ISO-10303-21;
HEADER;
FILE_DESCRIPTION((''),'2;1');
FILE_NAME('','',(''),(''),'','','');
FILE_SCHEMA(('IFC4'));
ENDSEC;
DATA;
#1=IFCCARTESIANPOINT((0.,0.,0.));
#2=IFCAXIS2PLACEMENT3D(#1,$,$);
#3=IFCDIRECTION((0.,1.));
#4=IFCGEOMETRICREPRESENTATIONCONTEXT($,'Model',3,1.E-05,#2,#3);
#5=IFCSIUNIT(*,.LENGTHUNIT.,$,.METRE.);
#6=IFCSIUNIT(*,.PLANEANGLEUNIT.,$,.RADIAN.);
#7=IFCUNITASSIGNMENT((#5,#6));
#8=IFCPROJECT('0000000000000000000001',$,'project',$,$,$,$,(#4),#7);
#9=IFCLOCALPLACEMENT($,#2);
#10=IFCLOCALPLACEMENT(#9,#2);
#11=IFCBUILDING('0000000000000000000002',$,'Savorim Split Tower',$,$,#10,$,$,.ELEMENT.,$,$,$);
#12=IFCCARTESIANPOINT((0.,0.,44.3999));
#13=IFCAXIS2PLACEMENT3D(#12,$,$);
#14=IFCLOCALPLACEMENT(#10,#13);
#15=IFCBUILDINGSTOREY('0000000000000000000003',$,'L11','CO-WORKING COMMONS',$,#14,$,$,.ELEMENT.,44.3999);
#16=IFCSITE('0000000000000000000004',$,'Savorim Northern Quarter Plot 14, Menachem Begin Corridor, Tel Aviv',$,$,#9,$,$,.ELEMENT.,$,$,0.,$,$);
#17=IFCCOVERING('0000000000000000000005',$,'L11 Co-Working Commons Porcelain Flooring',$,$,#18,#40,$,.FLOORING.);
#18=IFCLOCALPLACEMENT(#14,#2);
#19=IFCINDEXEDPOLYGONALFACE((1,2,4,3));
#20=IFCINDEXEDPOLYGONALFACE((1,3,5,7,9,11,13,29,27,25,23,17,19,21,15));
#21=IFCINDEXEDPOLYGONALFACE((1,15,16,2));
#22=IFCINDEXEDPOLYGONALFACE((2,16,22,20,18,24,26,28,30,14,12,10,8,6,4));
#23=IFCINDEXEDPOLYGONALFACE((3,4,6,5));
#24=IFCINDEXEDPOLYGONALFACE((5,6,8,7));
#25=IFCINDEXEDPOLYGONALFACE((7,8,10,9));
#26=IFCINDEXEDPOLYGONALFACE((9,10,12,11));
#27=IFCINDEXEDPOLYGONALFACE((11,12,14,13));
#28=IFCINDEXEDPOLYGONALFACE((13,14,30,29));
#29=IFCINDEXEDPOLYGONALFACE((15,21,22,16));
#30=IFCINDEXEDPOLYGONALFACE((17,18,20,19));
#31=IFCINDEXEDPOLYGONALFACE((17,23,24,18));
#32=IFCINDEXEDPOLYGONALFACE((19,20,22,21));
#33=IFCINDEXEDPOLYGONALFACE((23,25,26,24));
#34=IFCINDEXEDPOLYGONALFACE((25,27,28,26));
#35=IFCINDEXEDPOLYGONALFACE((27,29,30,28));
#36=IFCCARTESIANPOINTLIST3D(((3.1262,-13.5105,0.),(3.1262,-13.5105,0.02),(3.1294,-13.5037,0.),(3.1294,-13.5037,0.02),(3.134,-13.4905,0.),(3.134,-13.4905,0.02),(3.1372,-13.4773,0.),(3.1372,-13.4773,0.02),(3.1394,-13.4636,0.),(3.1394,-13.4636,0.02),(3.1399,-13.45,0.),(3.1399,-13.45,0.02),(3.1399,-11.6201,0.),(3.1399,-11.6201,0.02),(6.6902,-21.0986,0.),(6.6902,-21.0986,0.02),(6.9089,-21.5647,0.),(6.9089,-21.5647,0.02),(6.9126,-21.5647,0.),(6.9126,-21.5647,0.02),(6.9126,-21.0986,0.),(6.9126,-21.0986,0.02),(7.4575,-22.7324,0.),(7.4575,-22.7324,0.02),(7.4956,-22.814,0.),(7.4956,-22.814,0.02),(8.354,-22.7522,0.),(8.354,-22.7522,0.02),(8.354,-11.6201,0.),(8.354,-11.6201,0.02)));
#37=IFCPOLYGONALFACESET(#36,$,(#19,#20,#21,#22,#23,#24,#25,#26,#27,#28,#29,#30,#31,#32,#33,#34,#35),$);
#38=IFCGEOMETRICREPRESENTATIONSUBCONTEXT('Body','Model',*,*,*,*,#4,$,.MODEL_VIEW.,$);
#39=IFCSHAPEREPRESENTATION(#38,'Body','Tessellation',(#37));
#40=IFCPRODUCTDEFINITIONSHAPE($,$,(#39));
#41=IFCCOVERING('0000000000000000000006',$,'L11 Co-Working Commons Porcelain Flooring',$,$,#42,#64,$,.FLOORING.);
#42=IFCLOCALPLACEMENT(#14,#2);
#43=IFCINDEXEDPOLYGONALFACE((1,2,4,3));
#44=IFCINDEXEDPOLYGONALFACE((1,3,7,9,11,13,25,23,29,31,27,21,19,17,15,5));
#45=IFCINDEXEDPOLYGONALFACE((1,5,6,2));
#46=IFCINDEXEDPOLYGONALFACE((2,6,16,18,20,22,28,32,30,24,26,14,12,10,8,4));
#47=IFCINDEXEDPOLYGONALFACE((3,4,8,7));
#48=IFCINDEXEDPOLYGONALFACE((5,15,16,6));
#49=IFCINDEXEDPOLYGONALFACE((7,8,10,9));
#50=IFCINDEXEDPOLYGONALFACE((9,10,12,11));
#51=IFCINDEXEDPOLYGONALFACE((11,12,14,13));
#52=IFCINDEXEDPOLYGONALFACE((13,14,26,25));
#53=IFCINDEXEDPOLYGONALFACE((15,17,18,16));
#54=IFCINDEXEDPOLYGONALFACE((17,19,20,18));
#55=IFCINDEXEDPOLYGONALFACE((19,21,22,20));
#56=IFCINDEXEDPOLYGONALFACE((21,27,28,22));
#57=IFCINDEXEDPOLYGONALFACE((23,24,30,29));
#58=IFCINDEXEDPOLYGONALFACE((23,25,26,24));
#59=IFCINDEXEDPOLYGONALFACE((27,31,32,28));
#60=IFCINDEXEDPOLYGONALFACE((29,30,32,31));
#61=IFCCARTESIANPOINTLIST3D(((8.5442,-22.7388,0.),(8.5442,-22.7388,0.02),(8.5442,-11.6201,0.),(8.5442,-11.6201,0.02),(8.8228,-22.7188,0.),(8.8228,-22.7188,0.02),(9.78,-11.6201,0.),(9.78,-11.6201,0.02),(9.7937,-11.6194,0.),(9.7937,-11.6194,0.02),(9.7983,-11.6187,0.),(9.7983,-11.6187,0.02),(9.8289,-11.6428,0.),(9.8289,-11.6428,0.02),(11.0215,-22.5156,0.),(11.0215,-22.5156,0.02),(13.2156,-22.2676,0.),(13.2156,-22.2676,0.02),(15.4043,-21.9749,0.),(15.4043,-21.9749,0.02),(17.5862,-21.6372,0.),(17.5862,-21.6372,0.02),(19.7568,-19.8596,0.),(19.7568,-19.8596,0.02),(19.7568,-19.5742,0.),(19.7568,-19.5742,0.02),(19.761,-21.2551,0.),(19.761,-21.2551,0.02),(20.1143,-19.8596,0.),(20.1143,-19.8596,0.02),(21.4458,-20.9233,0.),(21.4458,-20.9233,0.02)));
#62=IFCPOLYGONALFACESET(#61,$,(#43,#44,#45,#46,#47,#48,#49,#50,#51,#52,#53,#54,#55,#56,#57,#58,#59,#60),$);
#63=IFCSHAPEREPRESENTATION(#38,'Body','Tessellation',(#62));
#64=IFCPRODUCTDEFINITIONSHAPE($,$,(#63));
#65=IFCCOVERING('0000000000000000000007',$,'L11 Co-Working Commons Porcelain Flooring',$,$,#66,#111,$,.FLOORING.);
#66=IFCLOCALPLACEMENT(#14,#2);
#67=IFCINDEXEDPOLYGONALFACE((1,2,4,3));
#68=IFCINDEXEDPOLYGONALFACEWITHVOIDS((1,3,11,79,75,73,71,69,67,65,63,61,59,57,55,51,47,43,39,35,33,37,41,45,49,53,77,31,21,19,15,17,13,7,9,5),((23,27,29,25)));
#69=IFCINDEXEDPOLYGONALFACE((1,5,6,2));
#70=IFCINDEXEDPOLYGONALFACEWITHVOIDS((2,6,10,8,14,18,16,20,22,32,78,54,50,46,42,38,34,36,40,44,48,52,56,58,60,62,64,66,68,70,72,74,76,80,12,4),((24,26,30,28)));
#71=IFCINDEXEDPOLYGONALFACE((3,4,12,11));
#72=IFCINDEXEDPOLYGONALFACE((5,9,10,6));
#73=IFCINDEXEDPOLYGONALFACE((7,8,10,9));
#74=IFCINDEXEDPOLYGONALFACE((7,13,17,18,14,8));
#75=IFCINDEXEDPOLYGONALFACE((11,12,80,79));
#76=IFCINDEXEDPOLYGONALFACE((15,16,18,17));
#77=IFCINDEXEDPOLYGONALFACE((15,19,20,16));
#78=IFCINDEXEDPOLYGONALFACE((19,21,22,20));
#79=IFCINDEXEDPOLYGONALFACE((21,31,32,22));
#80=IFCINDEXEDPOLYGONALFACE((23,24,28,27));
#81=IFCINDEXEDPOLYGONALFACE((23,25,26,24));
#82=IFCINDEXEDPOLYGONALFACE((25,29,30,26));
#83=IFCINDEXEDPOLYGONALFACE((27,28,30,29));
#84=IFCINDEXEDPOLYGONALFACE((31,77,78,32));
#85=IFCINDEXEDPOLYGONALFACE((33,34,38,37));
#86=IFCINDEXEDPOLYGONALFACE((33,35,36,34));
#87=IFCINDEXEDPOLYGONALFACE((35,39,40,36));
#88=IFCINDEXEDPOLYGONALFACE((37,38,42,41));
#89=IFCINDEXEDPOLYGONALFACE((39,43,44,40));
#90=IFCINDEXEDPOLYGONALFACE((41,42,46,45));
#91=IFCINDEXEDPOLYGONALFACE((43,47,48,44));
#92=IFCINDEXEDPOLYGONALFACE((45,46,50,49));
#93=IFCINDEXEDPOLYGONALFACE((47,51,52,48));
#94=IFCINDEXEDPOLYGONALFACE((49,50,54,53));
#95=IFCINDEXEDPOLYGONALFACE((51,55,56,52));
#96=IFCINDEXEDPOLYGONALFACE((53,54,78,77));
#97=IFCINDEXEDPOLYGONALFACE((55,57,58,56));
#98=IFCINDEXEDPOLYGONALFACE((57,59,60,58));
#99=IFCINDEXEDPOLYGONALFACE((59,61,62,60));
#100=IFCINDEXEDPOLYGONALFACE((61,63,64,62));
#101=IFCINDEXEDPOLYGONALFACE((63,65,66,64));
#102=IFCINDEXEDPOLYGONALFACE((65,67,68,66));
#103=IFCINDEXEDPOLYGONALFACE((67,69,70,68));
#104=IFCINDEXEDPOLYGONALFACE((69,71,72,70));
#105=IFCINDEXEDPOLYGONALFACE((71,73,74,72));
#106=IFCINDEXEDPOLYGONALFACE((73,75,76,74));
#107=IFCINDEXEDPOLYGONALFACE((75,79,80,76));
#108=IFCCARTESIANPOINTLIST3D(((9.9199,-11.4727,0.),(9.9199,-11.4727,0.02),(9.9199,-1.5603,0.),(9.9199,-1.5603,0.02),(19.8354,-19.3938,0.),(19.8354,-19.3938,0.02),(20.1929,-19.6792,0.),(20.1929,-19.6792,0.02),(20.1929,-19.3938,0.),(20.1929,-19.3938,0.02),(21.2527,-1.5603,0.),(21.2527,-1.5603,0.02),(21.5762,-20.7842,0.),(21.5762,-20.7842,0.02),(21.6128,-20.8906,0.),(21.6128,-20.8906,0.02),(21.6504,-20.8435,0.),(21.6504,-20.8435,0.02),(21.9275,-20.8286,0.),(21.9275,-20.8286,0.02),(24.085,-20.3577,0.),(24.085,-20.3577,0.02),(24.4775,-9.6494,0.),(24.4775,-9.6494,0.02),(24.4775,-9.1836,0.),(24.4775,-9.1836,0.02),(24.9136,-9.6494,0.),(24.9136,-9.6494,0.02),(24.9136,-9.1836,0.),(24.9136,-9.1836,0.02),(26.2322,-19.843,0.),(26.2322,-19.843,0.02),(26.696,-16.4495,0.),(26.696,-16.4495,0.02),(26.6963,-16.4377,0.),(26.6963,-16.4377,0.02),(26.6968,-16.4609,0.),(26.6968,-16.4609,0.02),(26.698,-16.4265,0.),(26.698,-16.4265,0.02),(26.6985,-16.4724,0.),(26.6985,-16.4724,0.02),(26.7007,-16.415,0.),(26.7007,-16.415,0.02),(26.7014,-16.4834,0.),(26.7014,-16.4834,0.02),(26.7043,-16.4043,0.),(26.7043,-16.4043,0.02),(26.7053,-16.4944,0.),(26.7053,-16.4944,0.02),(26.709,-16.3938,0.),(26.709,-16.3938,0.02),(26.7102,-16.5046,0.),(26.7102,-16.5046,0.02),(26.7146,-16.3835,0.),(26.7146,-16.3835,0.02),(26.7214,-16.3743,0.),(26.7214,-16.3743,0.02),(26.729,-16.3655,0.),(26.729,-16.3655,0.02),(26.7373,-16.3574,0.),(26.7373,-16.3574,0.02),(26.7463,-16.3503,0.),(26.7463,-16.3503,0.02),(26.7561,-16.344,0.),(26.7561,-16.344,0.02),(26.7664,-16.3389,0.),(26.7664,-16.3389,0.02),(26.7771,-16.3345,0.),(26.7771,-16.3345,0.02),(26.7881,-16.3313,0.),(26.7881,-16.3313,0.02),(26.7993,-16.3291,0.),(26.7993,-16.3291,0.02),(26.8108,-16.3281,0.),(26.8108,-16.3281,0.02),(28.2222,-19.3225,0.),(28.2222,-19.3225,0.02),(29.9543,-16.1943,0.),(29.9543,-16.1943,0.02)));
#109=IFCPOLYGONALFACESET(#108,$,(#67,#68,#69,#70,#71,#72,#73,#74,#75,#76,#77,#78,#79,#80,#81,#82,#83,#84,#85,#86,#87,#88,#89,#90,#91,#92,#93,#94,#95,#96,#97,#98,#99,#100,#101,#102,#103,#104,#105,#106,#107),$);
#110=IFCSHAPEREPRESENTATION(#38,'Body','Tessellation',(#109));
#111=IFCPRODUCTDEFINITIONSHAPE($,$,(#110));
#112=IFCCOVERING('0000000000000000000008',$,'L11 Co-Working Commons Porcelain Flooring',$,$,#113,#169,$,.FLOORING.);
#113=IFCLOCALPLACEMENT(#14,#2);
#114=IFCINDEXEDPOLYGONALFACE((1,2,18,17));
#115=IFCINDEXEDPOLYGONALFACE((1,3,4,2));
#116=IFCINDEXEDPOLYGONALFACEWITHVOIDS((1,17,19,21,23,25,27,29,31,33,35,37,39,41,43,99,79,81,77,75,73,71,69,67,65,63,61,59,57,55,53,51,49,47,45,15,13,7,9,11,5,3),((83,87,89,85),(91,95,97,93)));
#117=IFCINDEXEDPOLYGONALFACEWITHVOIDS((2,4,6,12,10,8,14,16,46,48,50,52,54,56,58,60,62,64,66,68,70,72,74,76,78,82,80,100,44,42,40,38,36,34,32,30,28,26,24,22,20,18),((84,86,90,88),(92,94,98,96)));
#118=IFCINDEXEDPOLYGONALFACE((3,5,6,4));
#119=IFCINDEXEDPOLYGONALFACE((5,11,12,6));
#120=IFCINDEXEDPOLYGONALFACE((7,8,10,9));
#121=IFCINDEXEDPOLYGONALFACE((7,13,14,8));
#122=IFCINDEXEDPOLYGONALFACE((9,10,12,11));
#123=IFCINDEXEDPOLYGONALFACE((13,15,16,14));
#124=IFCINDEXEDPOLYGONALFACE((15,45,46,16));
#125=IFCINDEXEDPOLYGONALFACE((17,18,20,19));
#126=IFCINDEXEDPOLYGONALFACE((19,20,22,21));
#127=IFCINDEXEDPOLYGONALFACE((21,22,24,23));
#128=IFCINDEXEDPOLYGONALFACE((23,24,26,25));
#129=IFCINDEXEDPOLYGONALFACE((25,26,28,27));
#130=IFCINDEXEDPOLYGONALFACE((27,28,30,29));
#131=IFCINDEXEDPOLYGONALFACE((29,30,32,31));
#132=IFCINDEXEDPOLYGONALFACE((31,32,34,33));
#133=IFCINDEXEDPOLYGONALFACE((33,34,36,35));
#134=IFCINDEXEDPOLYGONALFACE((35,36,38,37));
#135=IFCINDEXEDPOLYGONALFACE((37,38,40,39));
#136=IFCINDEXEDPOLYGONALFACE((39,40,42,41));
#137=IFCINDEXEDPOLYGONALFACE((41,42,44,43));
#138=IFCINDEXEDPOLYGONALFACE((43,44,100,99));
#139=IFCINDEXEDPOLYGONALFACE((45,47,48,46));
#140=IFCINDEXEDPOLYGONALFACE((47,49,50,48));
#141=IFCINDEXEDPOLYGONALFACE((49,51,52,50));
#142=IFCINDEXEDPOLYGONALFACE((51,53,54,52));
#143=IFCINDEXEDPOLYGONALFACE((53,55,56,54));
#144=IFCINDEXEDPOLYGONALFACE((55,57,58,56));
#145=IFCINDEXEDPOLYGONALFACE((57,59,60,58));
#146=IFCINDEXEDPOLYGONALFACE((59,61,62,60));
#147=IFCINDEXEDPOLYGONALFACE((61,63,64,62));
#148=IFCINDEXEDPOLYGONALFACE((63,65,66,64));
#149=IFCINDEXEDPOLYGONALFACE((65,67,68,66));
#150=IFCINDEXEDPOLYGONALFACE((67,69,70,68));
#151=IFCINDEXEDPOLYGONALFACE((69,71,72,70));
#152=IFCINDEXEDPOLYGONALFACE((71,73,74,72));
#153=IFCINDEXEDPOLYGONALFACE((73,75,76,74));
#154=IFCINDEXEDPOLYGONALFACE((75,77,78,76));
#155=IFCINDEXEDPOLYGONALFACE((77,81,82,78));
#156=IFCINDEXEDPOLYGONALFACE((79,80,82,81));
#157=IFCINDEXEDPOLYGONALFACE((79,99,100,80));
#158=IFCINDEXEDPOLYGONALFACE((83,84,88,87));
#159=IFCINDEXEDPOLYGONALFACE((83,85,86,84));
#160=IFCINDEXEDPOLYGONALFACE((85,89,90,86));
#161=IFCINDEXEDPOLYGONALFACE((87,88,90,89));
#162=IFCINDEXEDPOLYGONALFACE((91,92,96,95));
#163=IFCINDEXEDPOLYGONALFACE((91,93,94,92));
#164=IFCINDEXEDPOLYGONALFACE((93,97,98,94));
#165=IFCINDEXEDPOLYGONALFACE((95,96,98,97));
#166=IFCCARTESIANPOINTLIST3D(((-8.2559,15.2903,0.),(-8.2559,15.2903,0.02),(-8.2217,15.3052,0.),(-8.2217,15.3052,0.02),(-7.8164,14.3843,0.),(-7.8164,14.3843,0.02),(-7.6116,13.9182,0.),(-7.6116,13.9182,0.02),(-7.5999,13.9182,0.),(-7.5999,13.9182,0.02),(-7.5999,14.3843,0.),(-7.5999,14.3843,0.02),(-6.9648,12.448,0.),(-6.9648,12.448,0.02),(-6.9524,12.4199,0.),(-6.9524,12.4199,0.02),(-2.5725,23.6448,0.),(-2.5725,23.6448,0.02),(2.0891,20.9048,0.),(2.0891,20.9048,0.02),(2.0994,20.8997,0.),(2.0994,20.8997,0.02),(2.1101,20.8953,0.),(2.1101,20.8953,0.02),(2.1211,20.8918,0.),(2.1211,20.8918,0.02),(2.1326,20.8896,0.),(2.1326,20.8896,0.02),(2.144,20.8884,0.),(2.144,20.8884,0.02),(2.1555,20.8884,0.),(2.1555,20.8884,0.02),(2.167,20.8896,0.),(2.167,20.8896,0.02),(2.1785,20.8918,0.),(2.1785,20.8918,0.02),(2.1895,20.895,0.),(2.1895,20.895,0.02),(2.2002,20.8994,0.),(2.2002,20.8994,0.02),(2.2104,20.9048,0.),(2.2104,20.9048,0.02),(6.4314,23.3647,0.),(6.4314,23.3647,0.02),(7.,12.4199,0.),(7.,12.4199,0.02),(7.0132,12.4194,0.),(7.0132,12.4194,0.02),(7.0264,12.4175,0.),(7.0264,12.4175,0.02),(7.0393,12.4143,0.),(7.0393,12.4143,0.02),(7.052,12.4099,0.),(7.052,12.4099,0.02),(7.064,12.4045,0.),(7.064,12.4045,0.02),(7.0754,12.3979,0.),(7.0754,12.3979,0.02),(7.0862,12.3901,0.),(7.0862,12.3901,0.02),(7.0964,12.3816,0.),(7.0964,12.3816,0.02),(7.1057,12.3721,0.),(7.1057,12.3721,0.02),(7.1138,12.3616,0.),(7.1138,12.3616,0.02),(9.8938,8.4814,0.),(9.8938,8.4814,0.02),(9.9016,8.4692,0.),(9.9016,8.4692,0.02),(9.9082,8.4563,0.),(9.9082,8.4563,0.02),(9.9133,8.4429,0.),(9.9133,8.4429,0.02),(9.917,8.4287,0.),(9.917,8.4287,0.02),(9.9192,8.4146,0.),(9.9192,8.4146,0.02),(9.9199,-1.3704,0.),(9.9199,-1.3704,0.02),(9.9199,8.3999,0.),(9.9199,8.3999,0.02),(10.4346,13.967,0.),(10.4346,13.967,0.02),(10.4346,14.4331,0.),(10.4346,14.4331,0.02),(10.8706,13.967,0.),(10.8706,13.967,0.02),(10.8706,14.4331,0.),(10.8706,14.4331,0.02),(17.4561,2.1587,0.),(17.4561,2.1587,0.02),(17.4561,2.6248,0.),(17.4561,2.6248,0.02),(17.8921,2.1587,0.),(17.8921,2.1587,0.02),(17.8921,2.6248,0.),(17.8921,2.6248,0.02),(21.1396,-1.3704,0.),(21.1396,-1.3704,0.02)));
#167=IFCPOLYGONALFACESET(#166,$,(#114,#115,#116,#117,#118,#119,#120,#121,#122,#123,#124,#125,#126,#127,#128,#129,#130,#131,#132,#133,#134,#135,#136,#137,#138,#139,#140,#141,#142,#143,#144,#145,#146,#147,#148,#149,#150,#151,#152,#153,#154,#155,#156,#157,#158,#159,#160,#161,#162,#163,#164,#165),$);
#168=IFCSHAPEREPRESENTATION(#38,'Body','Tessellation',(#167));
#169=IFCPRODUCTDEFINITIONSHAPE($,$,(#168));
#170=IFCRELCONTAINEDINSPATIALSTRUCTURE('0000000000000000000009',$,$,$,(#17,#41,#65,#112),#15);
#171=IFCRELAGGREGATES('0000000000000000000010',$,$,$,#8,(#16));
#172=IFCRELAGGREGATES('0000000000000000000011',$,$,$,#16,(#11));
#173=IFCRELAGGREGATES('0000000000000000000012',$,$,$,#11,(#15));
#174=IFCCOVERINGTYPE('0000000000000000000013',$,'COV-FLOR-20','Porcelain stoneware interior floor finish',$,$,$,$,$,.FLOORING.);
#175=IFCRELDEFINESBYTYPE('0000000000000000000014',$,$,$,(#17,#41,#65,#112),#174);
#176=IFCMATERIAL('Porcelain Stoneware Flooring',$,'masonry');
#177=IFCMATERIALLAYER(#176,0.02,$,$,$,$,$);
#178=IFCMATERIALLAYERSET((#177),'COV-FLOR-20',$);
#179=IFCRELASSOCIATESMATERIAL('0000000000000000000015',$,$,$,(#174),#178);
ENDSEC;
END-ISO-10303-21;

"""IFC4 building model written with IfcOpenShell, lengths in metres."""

from ifc_helpers import new_model, si_unit, direction, frame, origin, place, context, subcontext, project, spatial, polyline, outline, extrude, material, layer, layer_set, type_object, element, save


model = new_model("IFC4")

# Units and contexts
model_context = context("Model", 3, precision=1e-05, world=origin(), true_north=direction((0.0, 1.0)))
body_context = subcontext(model_context, "Body", "Model", "MODEL_VIEW")
ifc_project = project(units=[si_unit("LENGTHUNIT", "METRE"), si_unit("PLANEANGLEUNIT", "RADIAN")], contexts=[model_context])

# Site, building, storey
site_placement = place(None, origin())
site = spatial("IfcSite", under=ifc_project, at=site_placement, Name="Savorim Northern Quarter Plot 14, Menachem Begin Corridor, Tel Aviv", CompositionType="ELEMENT", RefElevation=0.0)
building_placement = place(site_placement, origin())
building = spatial("IfcBuilding", under=site, at=building_placement, Name="Savorim Split Tower", CompositionType="ELEMENT")
storey_placement = place(building_placement, frame((0.0, 0.0, 44.3999)))
storey = spatial("IfcBuildingStorey", under=building, at=storey_placement, Name="L11", Description="CO-WORKING COMMONS", CompositionType="ELEMENT", Elevation=44.3999)

# Coverings
ifc_material_1 = material(Name="Porcelain Stoneware Flooring", Category="masonry")
ifc_layer_1 = layer(ifc_material_1, 0.02)
ifc_layer_set_1 = layer_set([ifc_layer_1], Name="COV-FLOR-20")
covering_type_1 = type_object("IfcCoveringType", Name="COV-FLOR-20", Description="Porcelain stoneware interior floor finish", PredefinedType="FLOORING", material=ifc_layer_set_1)
covering_1_placement = place(storey_placement, origin())
element("IfcCovering", 1, at=covering_1_placement, inside=storey, type_object=covering_type_1, Name="L11 Co-Working Commons Porcelain Flooring", PredefinedType="FLOORING", context=body_context, shape_type="SweptSolid", body=[
    extrude(outline(polyline([(6.9089, -21.5647), (7.4575, -22.7324), (7.4956, -22.814), (8.354, -22.7522), (8.354, -11.6201), (3.1399, -11.6201), (3.1399, -13.45), (3.1394, -13.4636), (3.1372, -13.4773), (3.134, -13.4905), (3.1294, -13.5037), (3.1262, -13.5105), (6.6902, -21.0986), (6.9126, -21.0986), (6.9126, -21.5647), (6.9089, -21.5647)])), origin(), (0.0, 0.0, 1.0), 0.02),
])
covering_2_placement = place(storey_placement, origin())
element("IfcCovering", 2, at=covering_2_placement, inside=storey, type_object=covering_type_1, Name="L11 Co-Working Commons Porcelain Flooring", PredefinedType="FLOORING", context=body_context, shape_type="SweptSolid", body=[
    extrude(outline(polyline([(13.2156, -22.2676), (15.4043, -21.9749), (17.5862, -21.6372), (19.761, -21.2551), (21.4458, -20.9233), (20.1143, -19.8596), (19.7568, -19.8596), (19.7568, -19.5742), (9.8289, -11.6428), (9.7983, -11.6187), (9.7937, -11.6194), (9.78, -11.6201), (8.5442, -11.6201), (8.5442, -22.7388), (8.8228, -22.7188), (11.0215, -22.5156), (13.2156, -22.2676)])), origin(), (0.0, 0.0, 1.0), 0.02),
])
covering_3_placement = place(storey_placement, origin())
element("IfcCovering", 3, at=covering_3_placement, inside=storey, type_object=covering_type_1, Name="L11 Co-Working Commons Porcelain Flooring", PredefinedType="FLOORING", context=body_context, shape_type="SweptSolid", body=[
    extrude(outline(polyline([(26.7993, -16.3291), (26.8108, -16.3281), (29.9543, -16.1943), (21.2527, -1.5603), (9.9199, -1.5603), (9.9199, -11.4727), (19.8354, -19.3938), (20.1929, -19.3938), (20.1929, -19.6792), (21.5762, -20.7842), (21.6504, -20.8435), (21.6128, -20.8906), (21.9275, -20.8286), (24.085, -20.3577), (26.2322, -19.843), (28.2222, -19.3225), (26.7102, -16.5046), (26.7053, -16.4944), (26.7014, -16.4834), (26.6985, -16.4724), (26.6968, -16.4609), (26.696, -16.4495), (26.6963, -16.4377), (26.698, -16.4265), (26.7007, -16.415), (26.7043, -16.4043), (26.709, -16.3938), (26.7146, -16.3835), (26.7214, -16.3743), (26.729, -16.3655), (26.7373, -16.3574), (26.7463, -16.3503), (26.7561, -16.344), (26.7664, -16.3389), (26.7771, -16.3345), (26.7881, -16.3313), (26.7993, -16.3291)]), holes=[polyline([(24.9136, -9.6494), (24.9136, -9.1836), (24.4775, -9.1836), (24.4775, -9.6494), (24.9136, -9.6494)])]), origin(), (0.0, 0.0, 1.0), 0.02),
])
covering_4_placement = place(storey_placement, origin())
element("IfcCovering", 4, at=covering_4_placement, inside=storey, type_object=covering_type_1, Name="L11 Co-Working Commons Porcelain Flooring", PredefinedType="FLOORING", context=body_context, shape_type="SweptSolid", body=[
    extrude(outline(polyline([(2.1101, 20.8953), (2.0994, 20.8997), (2.0891, 20.9048), (-2.5725, 23.6448), (-8.2559, 15.2903), (-8.2217, 15.3052), (-7.8164, 14.3843), (-7.5999, 14.3843), (-7.5999, 13.9182), (-7.6116, 13.9182), (-6.9648, 12.448), (-6.9524, 12.4199), (7.0, 12.4199), (7.0132, 12.4194), (7.0264, 12.4175), (7.0393, 12.4143), (7.052, 12.4099), (7.064, 12.4045), (7.0754, 12.3979), (7.0862, 12.3901), (7.0964, 12.3816), (7.1057, 12.3721), (7.1138, 12.3616), (9.8938, 8.4814), (9.9016, 8.4692), (9.9082, 8.4563), (9.9133, 8.4429), (9.917, 8.4287), (9.9192, 8.4146), (9.9199, 8.3999), (9.9199, -1.3704), (21.1396, -1.3704), (6.4314, 23.3647), (2.2104, 20.9048), (2.2002, 20.8994), (2.1895, 20.895), (2.1785, 20.8918), (2.167, 20.8896), (2.1555, 20.8884), (2.144, 20.8884), (2.1326, 20.8896), (2.1211, 20.8918), (2.1101, 20.8953)]), holes=[polyline([(17.8921, 2.1587), (17.8921, 2.6248), (17.4561, 2.6248), (17.4561, 2.1587), (17.8921, 2.1587)]), polyline([(10.8706, 14.4331), (10.4346, 14.4331), (10.4346, 13.967), (10.8706, 13.967), (10.8706, 14.4331)])]), origin(), (0.0, 0.0, 1.0), 0.02),
])

save(model, "model.ifc")
